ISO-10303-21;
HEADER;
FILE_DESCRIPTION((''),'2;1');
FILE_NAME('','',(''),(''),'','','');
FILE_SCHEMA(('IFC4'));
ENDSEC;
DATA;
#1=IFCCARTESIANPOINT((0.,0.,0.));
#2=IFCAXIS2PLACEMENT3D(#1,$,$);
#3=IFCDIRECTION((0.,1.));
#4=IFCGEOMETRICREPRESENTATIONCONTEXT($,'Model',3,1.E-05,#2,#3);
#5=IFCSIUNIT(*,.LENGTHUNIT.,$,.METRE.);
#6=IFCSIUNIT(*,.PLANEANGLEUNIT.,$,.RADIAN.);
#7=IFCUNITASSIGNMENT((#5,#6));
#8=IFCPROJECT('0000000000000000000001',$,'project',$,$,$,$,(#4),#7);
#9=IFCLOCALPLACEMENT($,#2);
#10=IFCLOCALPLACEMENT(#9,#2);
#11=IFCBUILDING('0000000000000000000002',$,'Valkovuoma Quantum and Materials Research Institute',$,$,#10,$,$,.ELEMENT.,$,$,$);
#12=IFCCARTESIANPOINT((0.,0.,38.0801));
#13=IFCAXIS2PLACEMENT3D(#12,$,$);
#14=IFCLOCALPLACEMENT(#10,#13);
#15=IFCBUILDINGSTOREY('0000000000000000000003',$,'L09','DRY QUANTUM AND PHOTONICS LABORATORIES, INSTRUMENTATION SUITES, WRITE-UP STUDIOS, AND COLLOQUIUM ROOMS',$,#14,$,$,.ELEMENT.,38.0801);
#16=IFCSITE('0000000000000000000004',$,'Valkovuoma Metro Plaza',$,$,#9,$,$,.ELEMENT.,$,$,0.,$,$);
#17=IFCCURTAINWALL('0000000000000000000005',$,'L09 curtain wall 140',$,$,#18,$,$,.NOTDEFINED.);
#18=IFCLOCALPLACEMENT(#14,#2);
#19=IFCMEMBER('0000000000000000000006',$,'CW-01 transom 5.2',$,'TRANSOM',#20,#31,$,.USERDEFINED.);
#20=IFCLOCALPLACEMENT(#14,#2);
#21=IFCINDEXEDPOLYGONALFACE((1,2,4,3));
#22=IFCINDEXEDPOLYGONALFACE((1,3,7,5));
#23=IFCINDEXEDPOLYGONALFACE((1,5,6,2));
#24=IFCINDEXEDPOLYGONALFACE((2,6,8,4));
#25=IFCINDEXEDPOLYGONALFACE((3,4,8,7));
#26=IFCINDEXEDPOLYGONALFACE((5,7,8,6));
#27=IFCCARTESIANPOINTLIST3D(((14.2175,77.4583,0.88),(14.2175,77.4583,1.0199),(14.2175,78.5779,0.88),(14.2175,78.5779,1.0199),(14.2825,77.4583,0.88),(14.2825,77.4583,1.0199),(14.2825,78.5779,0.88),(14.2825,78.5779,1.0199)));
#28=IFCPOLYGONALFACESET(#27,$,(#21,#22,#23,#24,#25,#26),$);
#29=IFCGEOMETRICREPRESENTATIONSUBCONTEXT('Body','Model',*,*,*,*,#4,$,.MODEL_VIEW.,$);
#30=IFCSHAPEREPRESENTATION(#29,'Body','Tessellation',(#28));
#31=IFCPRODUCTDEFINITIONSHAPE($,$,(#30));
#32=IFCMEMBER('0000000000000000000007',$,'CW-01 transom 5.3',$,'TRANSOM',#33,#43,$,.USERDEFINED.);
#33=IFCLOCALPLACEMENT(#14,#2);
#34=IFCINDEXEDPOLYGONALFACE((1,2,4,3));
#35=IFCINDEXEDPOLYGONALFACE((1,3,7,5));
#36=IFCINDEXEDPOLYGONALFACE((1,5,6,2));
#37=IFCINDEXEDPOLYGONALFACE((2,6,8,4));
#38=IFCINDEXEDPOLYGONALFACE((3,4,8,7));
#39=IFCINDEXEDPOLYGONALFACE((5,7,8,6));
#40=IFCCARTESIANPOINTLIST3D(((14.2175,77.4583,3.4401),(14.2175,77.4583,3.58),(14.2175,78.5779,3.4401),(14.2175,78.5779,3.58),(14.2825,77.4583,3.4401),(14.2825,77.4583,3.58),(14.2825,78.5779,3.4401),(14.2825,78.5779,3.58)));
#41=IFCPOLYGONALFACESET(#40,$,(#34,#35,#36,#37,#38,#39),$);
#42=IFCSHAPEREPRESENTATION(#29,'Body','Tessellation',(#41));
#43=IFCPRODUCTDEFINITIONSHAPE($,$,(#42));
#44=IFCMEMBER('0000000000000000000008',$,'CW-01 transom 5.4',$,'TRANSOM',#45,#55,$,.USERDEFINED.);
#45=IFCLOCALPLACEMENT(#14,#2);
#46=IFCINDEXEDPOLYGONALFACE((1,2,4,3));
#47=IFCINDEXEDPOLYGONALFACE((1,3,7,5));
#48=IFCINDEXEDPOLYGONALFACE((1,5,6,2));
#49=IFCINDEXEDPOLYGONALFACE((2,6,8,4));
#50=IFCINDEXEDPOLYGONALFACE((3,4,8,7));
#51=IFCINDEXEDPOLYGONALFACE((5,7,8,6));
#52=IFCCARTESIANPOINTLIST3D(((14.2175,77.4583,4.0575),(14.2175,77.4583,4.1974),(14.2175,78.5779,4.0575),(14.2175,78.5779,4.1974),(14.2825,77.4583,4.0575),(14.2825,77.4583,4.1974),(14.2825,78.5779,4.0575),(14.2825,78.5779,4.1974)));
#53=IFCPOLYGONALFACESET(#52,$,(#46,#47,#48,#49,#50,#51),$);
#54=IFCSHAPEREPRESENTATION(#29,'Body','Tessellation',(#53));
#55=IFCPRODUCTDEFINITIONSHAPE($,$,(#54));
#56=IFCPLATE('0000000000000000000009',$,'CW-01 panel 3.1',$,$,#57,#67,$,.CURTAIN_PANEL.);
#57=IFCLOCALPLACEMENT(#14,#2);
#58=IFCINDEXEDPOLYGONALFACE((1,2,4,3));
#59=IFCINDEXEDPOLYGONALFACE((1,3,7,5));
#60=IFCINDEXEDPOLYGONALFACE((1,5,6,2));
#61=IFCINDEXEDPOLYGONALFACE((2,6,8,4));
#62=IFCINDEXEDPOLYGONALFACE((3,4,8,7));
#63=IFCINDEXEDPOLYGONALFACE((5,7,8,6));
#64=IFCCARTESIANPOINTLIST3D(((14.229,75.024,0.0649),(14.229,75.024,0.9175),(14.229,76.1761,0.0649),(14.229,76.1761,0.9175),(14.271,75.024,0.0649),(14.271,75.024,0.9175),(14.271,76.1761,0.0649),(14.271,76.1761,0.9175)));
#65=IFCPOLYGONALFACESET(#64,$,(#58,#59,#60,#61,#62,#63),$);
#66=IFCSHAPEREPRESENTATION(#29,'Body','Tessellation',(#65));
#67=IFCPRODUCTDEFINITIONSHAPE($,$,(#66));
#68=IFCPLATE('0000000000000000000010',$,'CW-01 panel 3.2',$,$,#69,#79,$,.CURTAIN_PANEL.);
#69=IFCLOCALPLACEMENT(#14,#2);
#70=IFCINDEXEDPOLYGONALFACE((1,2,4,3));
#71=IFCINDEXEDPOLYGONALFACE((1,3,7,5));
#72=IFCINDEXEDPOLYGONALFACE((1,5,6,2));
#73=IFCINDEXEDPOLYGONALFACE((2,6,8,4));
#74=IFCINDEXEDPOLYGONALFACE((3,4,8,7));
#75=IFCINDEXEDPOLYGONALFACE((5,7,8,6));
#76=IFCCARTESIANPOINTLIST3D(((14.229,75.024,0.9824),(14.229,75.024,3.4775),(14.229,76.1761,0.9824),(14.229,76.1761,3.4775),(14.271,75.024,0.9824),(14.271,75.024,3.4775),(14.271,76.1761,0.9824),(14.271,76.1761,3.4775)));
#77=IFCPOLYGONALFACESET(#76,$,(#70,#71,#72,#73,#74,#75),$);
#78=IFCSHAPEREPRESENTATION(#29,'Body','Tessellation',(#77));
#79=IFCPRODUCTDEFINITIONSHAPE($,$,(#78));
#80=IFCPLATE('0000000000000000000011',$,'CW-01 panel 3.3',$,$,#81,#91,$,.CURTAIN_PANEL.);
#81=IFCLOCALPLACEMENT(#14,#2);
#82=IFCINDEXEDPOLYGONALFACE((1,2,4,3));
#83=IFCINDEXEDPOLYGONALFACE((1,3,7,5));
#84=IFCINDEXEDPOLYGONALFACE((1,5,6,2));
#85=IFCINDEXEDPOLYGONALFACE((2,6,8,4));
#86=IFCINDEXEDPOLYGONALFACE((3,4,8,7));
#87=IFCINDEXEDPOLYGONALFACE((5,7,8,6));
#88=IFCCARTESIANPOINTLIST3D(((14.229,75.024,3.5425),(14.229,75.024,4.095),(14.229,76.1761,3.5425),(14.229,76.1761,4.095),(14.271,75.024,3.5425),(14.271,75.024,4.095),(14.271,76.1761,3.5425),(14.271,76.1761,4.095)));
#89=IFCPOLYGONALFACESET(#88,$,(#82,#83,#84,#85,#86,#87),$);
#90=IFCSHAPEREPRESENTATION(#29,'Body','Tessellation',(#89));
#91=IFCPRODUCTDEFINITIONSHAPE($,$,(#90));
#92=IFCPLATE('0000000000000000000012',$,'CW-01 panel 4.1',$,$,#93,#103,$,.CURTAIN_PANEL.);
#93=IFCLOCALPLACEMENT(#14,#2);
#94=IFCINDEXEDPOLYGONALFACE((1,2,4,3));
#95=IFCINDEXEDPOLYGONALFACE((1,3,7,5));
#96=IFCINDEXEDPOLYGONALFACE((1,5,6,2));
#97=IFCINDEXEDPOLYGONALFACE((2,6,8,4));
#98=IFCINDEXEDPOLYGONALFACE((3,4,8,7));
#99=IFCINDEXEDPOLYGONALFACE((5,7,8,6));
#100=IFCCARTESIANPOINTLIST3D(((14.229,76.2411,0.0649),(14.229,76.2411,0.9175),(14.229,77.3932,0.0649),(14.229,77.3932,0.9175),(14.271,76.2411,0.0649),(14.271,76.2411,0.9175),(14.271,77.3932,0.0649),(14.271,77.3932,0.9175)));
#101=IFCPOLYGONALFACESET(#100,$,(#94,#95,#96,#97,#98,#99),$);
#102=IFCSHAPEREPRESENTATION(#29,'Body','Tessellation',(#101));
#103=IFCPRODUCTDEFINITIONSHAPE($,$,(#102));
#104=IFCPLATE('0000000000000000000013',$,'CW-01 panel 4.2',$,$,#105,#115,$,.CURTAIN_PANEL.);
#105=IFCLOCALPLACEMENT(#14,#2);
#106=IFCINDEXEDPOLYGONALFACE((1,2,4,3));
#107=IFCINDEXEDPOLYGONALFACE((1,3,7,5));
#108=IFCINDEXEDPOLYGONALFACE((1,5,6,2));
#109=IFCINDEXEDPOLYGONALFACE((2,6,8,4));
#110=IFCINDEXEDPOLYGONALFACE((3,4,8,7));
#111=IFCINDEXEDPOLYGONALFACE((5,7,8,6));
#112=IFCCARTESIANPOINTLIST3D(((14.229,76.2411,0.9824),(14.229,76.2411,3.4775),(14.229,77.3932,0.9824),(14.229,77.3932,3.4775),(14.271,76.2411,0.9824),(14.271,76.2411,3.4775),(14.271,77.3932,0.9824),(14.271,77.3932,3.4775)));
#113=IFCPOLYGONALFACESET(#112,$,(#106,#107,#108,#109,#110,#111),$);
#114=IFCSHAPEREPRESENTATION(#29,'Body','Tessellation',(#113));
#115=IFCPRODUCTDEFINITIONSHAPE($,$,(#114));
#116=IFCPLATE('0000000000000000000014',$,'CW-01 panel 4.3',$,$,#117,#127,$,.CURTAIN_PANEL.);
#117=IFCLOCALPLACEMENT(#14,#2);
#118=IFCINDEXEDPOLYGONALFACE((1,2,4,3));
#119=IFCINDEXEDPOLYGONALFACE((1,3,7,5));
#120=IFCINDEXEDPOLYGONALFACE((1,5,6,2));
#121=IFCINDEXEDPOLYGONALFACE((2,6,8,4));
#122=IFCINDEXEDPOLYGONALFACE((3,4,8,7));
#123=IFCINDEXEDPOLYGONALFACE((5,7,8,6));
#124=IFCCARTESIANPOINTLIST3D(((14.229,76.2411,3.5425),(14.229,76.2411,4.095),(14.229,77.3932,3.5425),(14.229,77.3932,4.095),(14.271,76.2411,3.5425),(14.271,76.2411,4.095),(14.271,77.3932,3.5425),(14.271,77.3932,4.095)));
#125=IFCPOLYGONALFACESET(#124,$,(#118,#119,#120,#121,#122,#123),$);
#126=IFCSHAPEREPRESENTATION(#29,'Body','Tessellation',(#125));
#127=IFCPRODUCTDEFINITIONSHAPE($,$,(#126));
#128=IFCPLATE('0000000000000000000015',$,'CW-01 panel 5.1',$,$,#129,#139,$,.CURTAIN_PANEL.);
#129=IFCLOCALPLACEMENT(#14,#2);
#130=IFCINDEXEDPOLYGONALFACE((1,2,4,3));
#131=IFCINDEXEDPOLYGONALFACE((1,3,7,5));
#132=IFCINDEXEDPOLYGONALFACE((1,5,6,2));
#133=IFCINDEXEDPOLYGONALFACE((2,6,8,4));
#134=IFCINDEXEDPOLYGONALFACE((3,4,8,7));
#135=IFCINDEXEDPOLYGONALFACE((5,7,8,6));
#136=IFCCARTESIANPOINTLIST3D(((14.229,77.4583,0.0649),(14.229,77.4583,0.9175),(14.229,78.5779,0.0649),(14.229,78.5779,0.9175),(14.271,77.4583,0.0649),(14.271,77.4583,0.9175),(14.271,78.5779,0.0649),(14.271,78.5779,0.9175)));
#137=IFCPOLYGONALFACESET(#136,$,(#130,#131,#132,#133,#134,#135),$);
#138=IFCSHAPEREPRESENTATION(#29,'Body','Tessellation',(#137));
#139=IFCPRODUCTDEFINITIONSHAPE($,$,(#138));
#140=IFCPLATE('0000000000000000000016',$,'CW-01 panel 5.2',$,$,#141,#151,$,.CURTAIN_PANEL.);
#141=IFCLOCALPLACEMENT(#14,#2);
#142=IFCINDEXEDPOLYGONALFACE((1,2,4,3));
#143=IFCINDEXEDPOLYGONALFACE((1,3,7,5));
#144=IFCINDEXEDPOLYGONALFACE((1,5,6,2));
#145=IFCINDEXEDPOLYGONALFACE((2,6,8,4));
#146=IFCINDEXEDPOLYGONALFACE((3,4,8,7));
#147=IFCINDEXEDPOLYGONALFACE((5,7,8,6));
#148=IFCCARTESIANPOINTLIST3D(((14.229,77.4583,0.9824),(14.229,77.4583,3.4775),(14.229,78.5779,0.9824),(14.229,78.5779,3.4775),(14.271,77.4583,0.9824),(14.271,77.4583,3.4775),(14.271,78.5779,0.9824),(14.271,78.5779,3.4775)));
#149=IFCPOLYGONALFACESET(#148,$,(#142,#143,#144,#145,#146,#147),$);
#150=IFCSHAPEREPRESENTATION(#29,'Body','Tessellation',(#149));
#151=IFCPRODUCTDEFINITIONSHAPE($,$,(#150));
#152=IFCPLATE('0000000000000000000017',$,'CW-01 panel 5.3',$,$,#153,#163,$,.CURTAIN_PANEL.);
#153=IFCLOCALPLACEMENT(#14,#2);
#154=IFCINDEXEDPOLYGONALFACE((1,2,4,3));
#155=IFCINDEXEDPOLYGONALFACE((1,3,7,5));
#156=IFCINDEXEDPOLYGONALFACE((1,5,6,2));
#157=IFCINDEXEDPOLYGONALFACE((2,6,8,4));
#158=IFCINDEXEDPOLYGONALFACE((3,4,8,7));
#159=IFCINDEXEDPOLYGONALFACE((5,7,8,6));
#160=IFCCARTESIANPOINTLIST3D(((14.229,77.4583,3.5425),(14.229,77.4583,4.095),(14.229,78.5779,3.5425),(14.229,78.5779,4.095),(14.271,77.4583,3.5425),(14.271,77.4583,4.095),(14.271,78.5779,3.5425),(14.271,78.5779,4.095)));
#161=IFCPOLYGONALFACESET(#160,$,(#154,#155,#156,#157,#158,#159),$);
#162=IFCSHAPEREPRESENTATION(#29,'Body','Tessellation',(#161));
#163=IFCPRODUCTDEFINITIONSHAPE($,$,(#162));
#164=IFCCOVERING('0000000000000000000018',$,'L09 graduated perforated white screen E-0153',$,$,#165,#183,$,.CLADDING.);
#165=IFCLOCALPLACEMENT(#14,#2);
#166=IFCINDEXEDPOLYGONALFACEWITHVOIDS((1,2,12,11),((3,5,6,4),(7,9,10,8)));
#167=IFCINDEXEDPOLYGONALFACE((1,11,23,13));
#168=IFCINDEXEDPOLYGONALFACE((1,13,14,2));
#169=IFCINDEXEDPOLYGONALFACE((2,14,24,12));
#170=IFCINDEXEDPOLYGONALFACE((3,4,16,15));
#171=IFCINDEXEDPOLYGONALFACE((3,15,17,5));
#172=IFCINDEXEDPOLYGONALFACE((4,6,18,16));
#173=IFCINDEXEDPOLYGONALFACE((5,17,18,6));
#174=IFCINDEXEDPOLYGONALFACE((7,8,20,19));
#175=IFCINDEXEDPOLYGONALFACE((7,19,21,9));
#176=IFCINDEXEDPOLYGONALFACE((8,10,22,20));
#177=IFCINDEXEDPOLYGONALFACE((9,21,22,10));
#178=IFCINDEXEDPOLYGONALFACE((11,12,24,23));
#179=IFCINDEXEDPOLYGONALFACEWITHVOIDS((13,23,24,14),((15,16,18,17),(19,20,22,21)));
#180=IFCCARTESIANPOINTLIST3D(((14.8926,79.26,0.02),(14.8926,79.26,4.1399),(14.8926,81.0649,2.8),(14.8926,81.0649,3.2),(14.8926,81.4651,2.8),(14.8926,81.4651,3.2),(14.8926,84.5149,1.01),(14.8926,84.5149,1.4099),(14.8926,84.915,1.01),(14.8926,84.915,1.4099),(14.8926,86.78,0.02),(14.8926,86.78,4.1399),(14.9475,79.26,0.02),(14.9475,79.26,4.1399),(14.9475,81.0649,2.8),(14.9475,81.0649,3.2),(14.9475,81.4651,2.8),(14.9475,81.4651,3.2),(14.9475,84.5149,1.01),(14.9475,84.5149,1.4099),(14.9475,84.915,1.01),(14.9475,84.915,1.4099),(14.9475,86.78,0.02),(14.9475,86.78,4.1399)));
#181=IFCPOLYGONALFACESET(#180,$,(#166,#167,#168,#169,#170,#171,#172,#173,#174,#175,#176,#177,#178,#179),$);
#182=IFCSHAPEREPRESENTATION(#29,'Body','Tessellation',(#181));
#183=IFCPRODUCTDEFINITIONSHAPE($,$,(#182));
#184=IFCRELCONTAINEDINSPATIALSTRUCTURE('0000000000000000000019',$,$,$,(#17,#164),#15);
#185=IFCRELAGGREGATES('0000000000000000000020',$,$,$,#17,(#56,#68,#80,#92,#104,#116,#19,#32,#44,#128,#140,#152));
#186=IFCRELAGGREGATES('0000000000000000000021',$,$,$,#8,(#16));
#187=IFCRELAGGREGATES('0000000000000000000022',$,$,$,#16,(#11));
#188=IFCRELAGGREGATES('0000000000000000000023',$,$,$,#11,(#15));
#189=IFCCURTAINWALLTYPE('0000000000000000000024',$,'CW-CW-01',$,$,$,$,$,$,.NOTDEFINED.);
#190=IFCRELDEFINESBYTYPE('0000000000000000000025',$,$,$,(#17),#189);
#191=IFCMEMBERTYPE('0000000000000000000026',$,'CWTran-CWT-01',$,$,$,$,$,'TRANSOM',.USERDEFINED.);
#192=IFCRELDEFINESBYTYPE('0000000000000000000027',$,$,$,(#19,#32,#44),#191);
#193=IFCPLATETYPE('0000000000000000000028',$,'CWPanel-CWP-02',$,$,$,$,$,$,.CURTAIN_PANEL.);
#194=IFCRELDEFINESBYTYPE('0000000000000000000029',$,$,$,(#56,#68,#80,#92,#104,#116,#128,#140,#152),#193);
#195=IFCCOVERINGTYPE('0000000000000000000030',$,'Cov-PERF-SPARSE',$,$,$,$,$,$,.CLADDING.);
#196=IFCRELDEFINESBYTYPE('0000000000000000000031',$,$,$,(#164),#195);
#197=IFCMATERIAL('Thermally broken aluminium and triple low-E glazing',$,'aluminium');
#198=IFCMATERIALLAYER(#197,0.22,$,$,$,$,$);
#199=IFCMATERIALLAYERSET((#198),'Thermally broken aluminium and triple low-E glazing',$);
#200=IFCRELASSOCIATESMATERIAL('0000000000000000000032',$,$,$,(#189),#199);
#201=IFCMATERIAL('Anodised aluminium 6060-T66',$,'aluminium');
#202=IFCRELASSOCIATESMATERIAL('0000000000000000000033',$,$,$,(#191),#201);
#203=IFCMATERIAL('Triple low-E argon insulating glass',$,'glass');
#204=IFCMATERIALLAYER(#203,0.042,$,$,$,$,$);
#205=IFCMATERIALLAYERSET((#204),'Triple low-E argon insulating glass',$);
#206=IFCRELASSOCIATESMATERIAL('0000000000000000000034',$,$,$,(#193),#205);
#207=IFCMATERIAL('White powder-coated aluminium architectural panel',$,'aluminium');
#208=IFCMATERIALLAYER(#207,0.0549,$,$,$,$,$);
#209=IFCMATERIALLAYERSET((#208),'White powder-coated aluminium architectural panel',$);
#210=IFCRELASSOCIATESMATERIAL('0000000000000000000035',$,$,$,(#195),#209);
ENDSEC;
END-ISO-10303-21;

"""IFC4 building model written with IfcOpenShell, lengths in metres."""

from ifc_helpers import new_model, si_unit, direction, frame, origin, origin_2d, place, context, subcontext, project, spatial, polyline, rectangle, outline, extrude, material, layer, layer_set, material_profile, profile_set, type_object, element, aggregate, save


model = new_model("IFC4")

# Units and contexts
model_context = context("Model", 3, precision=1e-05, world=origin(), true_north=direction((0.0, 1.0)))
body_context = subcontext(model_context, "Body", "Model", "MODEL_VIEW")
ifc_project = project(units=[si_unit("LENGTHUNIT", "METRE"), si_unit("PLANEANGLEUNIT", "RADIAN")], contexts=[model_context])

# Site, building, storey
site_placement = place(None, origin())
site = spatial("IfcSite", under=ifc_project, at=site_placement, Name="Valkovuoma Metro Plaza", CompositionType="ELEMENT", RefElevation=0.0)
building_placement = place(site_placement, origin())
building = spatial("IfcBuilding", under=site, at=building_placement, Name="Valkovuoma Quantum and Materials Research Institute", CompositionType="ELEMENT")
storey_placement = place(building_placement, frame((0.0, 0.0, 38.0801)))
storey = spatial("IfcBuildingStorey", under=building, at=storey_placement, Name="L09", Description="DRY QUANTUM AND PHOTONICS LABORATORIES, INSTRUMENTATION SUITES, WRITE-UP STUDIOS, AND COLLOQUIUM ROOMS", CompositionType="ELEMENT", Elevation=38.0801)

# Curtain wall, members, plates
ifc_material_1 = material(Name="Thermally broken aluminium and triple low-E glazing", Category="aluminium")
ifc_layer_1 = layer(ifc_material_1, 0.22)
ifc_layer_set_1 = layer_set([ifc_layer_1], Name="Thermally broken aluminium and triple low-E glazing")
curtain_wall_type = type_object("IfcCurtainWallType", Name="CW-CW-01", PredefinedType="NOTDEFINED", material=ifc_layer_set_1)
curtain_wall_placement = place(storey_placement, origin())
curtain_wall = element("IfcCurtainWall", 1, at=curtain_wall_placement, inside=storey, type_object=curtain_wall_type, Name="L09 curtain wall 140", PredefinedType="NOTDEFINED")
ifc_material_2 = material(Name="Anodised aluminium 6060-T66", Category="aluminium")
ifc_material_profile_1 = material_profile(ifc_material_2, rectangle(XDim=0.0649, YDim=0.1399, at=origin_2d()), Name="Anodised aluminium 6060-T66")
ifc_profile_set_1 = profile_set([ifc_material_profile_1], Name="Anodised aluminium 6060-T66")
member_type_1 = type_object("IfcMemberType", Name="CWTran-CWT-01", ElementType="TRANSOM", PredefinedType="USERDEFINED", material=ifc_profile_set_1)
member_1_placement = place(storey_placement, frame((14.25, 77.4583, 0.95), z_axis=(0.0, 1.0, 0.0), x_axis=(-1.0, 0.0, 0.0)))
member_1 = element("IfcMember", 2, at=member_1_placement, type_object=member_type_1, Name="CW-01 transom 5.2", ObjectType="TRANSOM", PredefinedType="USERDEFINED", context=body_context, shape_type="SweptSolid", body=[
    extrude(rectangle(XDim=0.0649, YDim=0.1399, at=origin_2d()), origin(), (0.0, 0.0, 1.0), 1.1196),
])
member_2_placement = place(storey_placement, frame((14.25, 77.4583, 3.51), z_axis=(0.0, 1.0, 0.0), x_axis=(-1.0, 0.0, 0.0)))
member_2 = element("IfcMember", 3, at=member_2_placement, type_object=member_type_1, Name="CW-01 transom 5.3", ObjectType="TRANSOM", PredefinedType="USERDEFINED", context=body_context, shape_type="SweptSolid", body=[
    extrude(rectangle(XDim=0.0649, YDim=0.1399, at=origin_2d()), origin(), (0.0, 0.0, 1.0), 1.1196),
])
member_3_placement = place(storey_placement, frame((14.25, 77.4583, 4.1274), z_axis=(0.0, 1.0, 0.0), x_axis=(-1.0, 0.0, 0.0)))
member_3 = element("IfcMember", 4, at=member_3_placement, type_object=member_type_1, Name="CW-01 transom 5.4", ObjectType="TRANSOM", PredefinedType="USERDEFINED", context=body_context, shape_type="SweptSolid", body=[
    extrude(rectangle(XDim=0.0649, YDim=0.1399, at=origin_2d()), origin(), (0.0, 0.0, 1.0), 1.1196),
])
ifc_material_3 = material(Name="Triple low-E argon insulating glass", Category="glass")
ifc_layer_2 = layer(ifc_material_3, 0.042)
ifc_layer_set_2 = layer_set([ifc_layer_2], Name="Triple low-E argon insulating glass")
plate_type = type_object("IfcPlateType", Name="CWPanel-CWP-02", PredefinedType="CURTAIN_PANEL", material=ifc_layer_set_2)
plate_1_placement = place(storey_placement, frame((14.25, 75.6001, 0.0649), z_axis=(0.0, 0.0, 1.0), x_axis=(0.0, 1.0, 0.0)))
plate_1 = element("IfcPlate", 5, at=plate_1_placement, type_object=plate_type, Name="CW-01 panel 3.1", PredefinedType="CURTAIN_PANEL", context=body_context, shape_type="SweptSolid", body=[
    extrude(rectangle(XDim=1.1521, YDim=0.042, at=origin_2d()), origin(), (0.0, 0.0, 1.0), 0.8525),
])
plate_2_placement = place(storey_placement, frame((14.25, 75.6001, 0.9824), z_axis=(0.0, 0.0, 1.0), x_axis=(0.0, 1.0, 0.0)))
plate_2 = element("IfcPlate", 6, at=plate_2_placement, type_object=plate_type, Name="CW-01 panel 3.2", PredefinedType="CURTAIN_PANEL", context=body_context, shape_type="SweptSolid", body=[
    extrude(rectangle(XDim=1.1521, YDim=0.042, at=origin_2d()), origin(), (0.0, 0.0, 1.0), 2.4951),
])
plate_3_placement = place(storey_placement, frame((14.25, 75.6001, 3.5425), z_axis=(0.0, 0.0, 1.0), x_axis=(0.0, 1.0, 0.0)))
plate_3 = element("IfcPlate", 7, at=plate_3_placement, type_object=plate_type, Name="CW-01 panel 3.3", PredefinedType="CURTAIN_PANEL", context=body_context, shape_type="SweptSolid", body=[
    extrude(rectangle(XDim=1.1521, YDim=0.042, at=origin_2d()), origin(), (0.0, 0.0, 1.0), 0.5525),
])
plate_4_placement = place(storey_placement, frame((14.25, 76.8171, 0.0649), z_axis=(0.0, 0.0, 1.0), x_axis=(0.0, 1.0, 0.0)))
plate_4 = element("IfcPlate", 8, at=plate_4_placement, type_object=plate_type, Name="CW-01 panel 4.1", PredefinedType="CURTAIN_PANEL", context=body_context, shape_type="SweptSolid", body=[
    extrude(rectangle(XDim=1.1521, YDim=0.042, at=origin_2d()), origin(), (0.0, 0.0, 1.0), 0.8525),
])
plate_5_placement = place(storey_placement, frame((14.25, 76.8171, 0.9824), z_axis=(0.0, 0.0, 1.0), x_axis=(0.0, 1.0, 0.0)))
plate_5 = element("IfcPlate", 9, at=plate_5_placement, type_object=plate_type, Name="CW-01 panel 4.2", PredefinedType="CURTAIN_PANEL", context=body_context, shape_type="SweptSolid", body=[
    extrude(rectangle(XDim=1.1521, YDim=0.042, at=origin_2d()), origin(), (0.0, 0.0, 1.0), 2.4951),
])
plate_6_placement = place(storey_placement, frame((14.25, 76.8171, 3.5425), z_axis=(0.0, 0.0, 1.0), x_axis=(0.0, 1.0, 0.0)))
plate_6 = element("IfcPlate", 10, at=plate_6_placement, type_object=plate_type, Name="CW-01 panel 4.3", PredefinedType="CURTAIN_PANEL", context=body_context, shape_type="SweptSolid", body=[
    extrude(rectangle(XDim=1.1521, YDim=0.042, at=origin_2d()), origin(), (0.0, 0.0, 1.0), 0.5525),
])
plate_7_placement = place(storey_placement, frame((14.25, 78.0181, 0.0649), z_axis=(0.0, 0.0, 1.0), x_axis=(0.0, 1.0, 0.0)))
plate_7 = element("IfcPlate", 11, at=plate_7_placement, type_object=plate_type, Name="CW-01 panel 5.1", PredefinedType="CURTAIN_PANEL", context=body_context, shape_type="SweptSolid", body=[
    extrude(rectangle(XDim=1.1196, YDim=0.042, at=origin_2d()), origin(), (0.0, 0.0, 1.0), 0.8525),
])
plate_8_placement = place(storey_placement, frame((14.25, 78.0181, 0.9824), z_axis=(0.0, 0.0, 1.0), x_axis=(0.0, 1.0, 0.0)))
plate_8 = element("IfcPlate", 12, at=plate_8_placement, type_object=plate_type, Name="CW-01 panel 5.2", PredefinedType="CURTAIN_PANEL", context=body_context, shape_type="SweptSolid", body=[
    extrude(rectangle(XDim=1.1196, YDim=0.042, at=origin_2d()), origin(), (0.0, 0.0, 1.0), 2.4951),
])
plate_9_placement = place(storey_placement, frame((14.25, 78.0181, 3.5425), z_axis=(0.0, 0.0, 1.0), x_axis=(0.0, 1.0, 0.0)))
plate_9 = element("IfcPlate", 13, at=plate_9_placement, type_object=plate_type, Name="CW-01 panel 5.3", PredefinedType="CURTAIN_PANEL", context=body_context, shape_type="SweptSolid", body=[
    extrude(rectangle(XDim=1.1196, YDim=0.042, at=origin_2d()), origin(), (0.0, 0.0, 1.0), 0.5525),
])
aggregate(curtain_wall, [plate_1, plate_2, plate_3, plate_4, plate_5, plate_6, member_1, member_2, member_3, plate_7, plate_8, plate_9])

# Covering
ifc_material_4 = material(Name="White powder-coated aluminium architectural panel", Category="aluminium")
ifc_layer_3 = layer(ifc_material_4, 0.0549)
ifc_layer_set_3 = layer_set([ifc_layer_3], Name="White powder-coated aluminium architectural panel")
covering_type = type_object("IfcCoveringType", Name="Cov-PERF-SPARSE", PredefinedType="CLADDING", material=ifc_layer_set_3)
covering_placement = place(storey_placement, frame((14.9199, 79.26, 0.02), z_axis=(0.0, 0.0, 1.0), x_axis=(0.0, 1.0, 0.0)))
element("IfcCovering", 14, at=covering_placement, inside=storey, type_object=covering_type, Name="L09 graduated perforated white screen E-0153", PredefinedType="CLADDING", context=body_context, shape_type="SweptSolid", body=[
    extrude(outline(polyline([(0.0, 0.0), (7.52, 0.0), (7.52, 4.1199), (0.0, 4.1199), (0.0, 0.0)]), holes=[polyline([(1.8049, 2.78), (1.8049, 3.1799), (2.2051, 3.1799), (2.2051, 2.78), (1.8049, 2.78)]), polyline([(5.2549, 0.99), (5.2549, 1.3899), (5.655, 1.3899), (5.655, 0.99), (5.2549, 0.99)])]), frame((0.0, 0.0273, 0.0), z_axis=(0.0, -1.0, 0.0), x_axis=(1.0, 0.0, 0.0)), (0.0, 0.0, 1.0), 0.0549),
])

save(model, "model.ifc")
